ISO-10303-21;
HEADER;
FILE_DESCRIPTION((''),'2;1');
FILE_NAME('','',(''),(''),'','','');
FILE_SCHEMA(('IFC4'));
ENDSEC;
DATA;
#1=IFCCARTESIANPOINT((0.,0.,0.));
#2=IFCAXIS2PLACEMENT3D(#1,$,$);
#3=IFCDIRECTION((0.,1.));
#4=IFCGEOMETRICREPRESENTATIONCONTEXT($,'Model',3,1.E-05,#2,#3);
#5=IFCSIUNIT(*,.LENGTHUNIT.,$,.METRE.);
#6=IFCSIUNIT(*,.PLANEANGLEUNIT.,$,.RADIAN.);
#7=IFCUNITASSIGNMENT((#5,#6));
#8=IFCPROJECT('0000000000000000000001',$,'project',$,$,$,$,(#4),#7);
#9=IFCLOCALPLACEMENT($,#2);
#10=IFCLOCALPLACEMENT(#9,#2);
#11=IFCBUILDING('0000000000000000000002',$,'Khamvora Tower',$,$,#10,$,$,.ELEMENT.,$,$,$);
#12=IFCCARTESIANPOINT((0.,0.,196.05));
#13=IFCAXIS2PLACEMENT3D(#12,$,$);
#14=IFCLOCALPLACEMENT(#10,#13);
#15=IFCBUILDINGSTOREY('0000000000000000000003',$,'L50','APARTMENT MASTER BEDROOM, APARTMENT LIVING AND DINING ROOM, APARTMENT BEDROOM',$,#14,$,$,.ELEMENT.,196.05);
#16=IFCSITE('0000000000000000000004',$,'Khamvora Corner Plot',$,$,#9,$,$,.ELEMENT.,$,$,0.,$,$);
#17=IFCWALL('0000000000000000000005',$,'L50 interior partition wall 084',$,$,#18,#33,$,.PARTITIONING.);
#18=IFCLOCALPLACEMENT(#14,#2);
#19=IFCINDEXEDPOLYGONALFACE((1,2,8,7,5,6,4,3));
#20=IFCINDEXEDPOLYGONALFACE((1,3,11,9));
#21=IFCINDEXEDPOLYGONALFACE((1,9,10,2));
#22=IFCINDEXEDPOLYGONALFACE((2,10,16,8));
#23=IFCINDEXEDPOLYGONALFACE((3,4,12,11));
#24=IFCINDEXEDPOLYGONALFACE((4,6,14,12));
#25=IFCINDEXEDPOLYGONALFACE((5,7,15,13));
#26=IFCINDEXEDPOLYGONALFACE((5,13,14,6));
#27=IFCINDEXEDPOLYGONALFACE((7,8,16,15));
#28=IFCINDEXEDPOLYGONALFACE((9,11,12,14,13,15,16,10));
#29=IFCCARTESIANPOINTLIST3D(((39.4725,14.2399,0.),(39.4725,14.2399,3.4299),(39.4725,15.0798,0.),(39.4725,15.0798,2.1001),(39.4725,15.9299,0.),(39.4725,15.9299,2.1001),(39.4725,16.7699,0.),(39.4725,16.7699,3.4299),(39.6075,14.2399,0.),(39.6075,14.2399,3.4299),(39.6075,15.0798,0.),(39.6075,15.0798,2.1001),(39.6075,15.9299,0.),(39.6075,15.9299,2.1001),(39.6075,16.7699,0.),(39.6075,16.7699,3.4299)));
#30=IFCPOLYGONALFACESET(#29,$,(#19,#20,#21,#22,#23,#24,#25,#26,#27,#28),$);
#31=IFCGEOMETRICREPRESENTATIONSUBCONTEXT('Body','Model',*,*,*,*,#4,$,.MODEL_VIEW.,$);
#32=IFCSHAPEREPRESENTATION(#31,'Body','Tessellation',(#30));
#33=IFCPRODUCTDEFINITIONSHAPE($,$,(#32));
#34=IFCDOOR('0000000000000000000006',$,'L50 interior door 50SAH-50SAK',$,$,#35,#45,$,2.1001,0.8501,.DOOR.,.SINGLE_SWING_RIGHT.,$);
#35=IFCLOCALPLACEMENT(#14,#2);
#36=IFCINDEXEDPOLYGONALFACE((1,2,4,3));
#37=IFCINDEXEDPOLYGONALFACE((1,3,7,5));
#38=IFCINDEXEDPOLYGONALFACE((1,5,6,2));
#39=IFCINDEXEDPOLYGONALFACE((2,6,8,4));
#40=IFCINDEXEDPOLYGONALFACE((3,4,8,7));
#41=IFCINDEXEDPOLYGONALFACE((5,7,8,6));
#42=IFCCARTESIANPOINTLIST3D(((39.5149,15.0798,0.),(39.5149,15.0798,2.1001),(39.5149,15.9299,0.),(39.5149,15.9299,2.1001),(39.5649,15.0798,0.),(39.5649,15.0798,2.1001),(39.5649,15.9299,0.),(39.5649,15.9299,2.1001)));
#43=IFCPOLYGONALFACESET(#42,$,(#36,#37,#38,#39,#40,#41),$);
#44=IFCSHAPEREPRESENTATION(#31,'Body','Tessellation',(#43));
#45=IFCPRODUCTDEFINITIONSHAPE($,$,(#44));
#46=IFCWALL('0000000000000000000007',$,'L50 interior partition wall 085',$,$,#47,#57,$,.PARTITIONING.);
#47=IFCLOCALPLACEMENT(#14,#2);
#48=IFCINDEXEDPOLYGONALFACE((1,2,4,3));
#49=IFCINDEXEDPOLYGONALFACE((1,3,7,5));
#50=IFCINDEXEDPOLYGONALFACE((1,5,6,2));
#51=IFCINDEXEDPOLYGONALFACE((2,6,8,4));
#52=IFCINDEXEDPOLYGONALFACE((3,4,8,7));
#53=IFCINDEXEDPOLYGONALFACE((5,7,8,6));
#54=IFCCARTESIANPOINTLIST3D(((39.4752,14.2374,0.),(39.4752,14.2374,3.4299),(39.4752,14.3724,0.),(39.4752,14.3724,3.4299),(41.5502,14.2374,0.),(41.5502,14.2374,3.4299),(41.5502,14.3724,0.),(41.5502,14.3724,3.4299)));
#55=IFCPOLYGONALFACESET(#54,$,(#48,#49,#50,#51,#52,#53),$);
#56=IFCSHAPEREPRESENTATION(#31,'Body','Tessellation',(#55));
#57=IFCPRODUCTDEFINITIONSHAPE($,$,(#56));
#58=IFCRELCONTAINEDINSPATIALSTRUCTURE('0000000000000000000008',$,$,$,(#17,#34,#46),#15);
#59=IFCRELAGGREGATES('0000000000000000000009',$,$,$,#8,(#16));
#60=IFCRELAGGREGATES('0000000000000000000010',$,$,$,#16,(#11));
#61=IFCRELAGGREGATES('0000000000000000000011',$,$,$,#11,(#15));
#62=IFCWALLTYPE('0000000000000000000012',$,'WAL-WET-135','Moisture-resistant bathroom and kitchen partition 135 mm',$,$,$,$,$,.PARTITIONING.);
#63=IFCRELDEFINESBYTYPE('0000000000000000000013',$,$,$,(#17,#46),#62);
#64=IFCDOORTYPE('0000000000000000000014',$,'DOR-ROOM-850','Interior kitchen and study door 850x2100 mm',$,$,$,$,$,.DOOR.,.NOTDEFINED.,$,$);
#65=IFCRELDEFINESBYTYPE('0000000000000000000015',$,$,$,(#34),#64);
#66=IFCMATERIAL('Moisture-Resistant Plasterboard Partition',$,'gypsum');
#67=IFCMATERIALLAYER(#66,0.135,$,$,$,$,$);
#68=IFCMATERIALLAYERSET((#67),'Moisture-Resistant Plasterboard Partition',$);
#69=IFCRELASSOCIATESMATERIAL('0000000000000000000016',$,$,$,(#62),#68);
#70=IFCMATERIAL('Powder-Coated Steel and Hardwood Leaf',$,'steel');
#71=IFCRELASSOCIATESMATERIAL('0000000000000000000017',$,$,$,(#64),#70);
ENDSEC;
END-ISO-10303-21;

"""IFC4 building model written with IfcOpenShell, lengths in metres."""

from ifc_helpers import new_model, si_unit, direction, frame, frame_2d, origin, place, context, subcontext, project, spatial, rectangle, extrude, material, layer, layer_set, type_object, element, fill, save


model = new_model("IFC4")

# Units and contexts
model_context = context("Model", 3, precision=1e-05, world=origin(), true_north=direction((0.0, 1.0)))
body_context = subcontext(model_context, "Body", "Model", "MODEL_VIEW")
ifc_project = project(units=[si_unit("LENGTHUNIT", "METRE"), si_unit("PLANEANGLEUNIT", "RADIAN")], contexts=[model_context])

# Site, building, storey
site_placement = place(None, origin())
site = spatial("IfcSite", under=ifc_project, at=site_placement, Name="Khamvora Corner Plot", CompositionType="ELEMENT", RefElevation=0.0)
building_placement = place(site_placement, origin())
building = spatial("IfcBuilding", under=site, at=building_placement, Name="Khamvora Tower", CompositionType="ELEMENT")
storey_placement = place(building_placement, frame((0.0, 0.0, 196.05)))
storey = spatial("IfcBuildingStorey", under=building, at=storey_placement, Name="L50", Description="APARTMENT MASTER BEDROOM, APARTMENT LIVING AND DINING ROOM, APARTMENT BEDROOM", CompositionType="ELEMENT", Elevation=196.05)

# Shared definitions
ifc_material_1 = material(Name="Powder-Coated Steel and Hardwood Leaf", Category="steel")

# Shared definitions
ifc_material_2 = material(Name="Moisture-Resistant Plasterboard Partition", Category="gypsum")
ifc_layer_1 = layer(ifc_material_2, 0.135)
ifc_layer_set_1 = layer_set([ifc_layer_1], Name="Moisture-Resistant Plasterboard Partition")
wall_type_1 = type_object("IfcWallType", Name="WAL-WET-135", Description="Moisture-resistant bathroom and kitchen partition 135 mm", PredefinedType="PARTITIONING", material=ifc_layer_set_1)

# Wall, opening, door
wall_1_placement = place(storey_placement, frame((39.54, 16.77, 0.0), z_axis=(0.0, 0.0, 1.0), x_axis=(0.0, -1.0, 0.0)))
wall_1 = element("IfcWall", 1, at=wall_1_placement, inside=storey, type_object=wall_type_1, Name="L50 interior partition wall 084", PredefinedType="PARTITIONING", context=body_context, shape_type="SweptSolid", body=[
    extrude(rectangle(XDim=2.53, YDim=0.135, at=frame_2d((1.2651, 0.0))), origin(), (0.0, 0.0, 1.0), 3.4299),
])
opening_1_placement = place(wall_1_placement, frame((0.8401, 0.0, 0.0)))
opening_1 = element("IfcOpeningElement", 2, at=opening_1_placement, cuts=wall_1, PredefinedType="OPENING", context=body_context, shape_type="SweptSolid", body=[
    extrude(rectangle(XDim=0.8501, YDim=2.1001, at=frame_2d((0.425, 1.05))), frame((0.0, 0.0774, 0.0), z_axis=(0.0, -1.0, 0.0), x_axis=(1.0, 0.0, 0.0)), (0.0, 0.0, 1.0), 0.155),
])
door_type_1 = type_object("IfcDoorType", Name="DOR-ROOM-850", Description="Interior kitchen and study door 850x2100 mm", OperationType="NOTDEFINED", PredefinedType="DOOR", material=ifc_material_1)
door_1_placement = place(opening_1_placement, origin())
door_1 = element("IfcDoor", 3, at=door_1_placement, inside=storey, type_object=door_type_1, Name="L50 interior door 50SAH-50SAK", OperationType="SINGLE_SWING_RIGHT", OverallHeight=2.1001, OverallWidth=0.8501, PredefinedType="DOOR", context=body_context, shape_type="SweptSolid", body=[
    extrude(rectangle(XDim=0.8501, YDim=2.1001, at=frame_2d((0.425, 1.05))), frame((0.0, 0.0249, 0.0), z_axis=(0.0, -1.0, 0.0), x_axis=(1.0, 0.0, 0.0)), (0.0, 0.0, 1.0), 0.05),
])
fill(opening_1, door_1)

# Wall
wall_2_placement = place(storey_placement, frame((39.4751, 14.3049, 0.0), z_axis=(0.0, 0.0, 1.0), x_axis=(1.0, 0.0, 0.0)))
element("IfcWall", 4, at=wall_2_placement, inside=storey, type_object=wall_type_1, Name="L50 interior partition wall 085", PredefinedType="PARTITIONING", context=body_context, shape_type="SweptSolid", body=[
    extrude(rectangle(XDim=2.075, YDim=0.135, at=frame_2d((1.0376, 0.0))), origin(), (0.0, 0.0, 1.0), 3.4299),
])

save(model, "model.ifc")
